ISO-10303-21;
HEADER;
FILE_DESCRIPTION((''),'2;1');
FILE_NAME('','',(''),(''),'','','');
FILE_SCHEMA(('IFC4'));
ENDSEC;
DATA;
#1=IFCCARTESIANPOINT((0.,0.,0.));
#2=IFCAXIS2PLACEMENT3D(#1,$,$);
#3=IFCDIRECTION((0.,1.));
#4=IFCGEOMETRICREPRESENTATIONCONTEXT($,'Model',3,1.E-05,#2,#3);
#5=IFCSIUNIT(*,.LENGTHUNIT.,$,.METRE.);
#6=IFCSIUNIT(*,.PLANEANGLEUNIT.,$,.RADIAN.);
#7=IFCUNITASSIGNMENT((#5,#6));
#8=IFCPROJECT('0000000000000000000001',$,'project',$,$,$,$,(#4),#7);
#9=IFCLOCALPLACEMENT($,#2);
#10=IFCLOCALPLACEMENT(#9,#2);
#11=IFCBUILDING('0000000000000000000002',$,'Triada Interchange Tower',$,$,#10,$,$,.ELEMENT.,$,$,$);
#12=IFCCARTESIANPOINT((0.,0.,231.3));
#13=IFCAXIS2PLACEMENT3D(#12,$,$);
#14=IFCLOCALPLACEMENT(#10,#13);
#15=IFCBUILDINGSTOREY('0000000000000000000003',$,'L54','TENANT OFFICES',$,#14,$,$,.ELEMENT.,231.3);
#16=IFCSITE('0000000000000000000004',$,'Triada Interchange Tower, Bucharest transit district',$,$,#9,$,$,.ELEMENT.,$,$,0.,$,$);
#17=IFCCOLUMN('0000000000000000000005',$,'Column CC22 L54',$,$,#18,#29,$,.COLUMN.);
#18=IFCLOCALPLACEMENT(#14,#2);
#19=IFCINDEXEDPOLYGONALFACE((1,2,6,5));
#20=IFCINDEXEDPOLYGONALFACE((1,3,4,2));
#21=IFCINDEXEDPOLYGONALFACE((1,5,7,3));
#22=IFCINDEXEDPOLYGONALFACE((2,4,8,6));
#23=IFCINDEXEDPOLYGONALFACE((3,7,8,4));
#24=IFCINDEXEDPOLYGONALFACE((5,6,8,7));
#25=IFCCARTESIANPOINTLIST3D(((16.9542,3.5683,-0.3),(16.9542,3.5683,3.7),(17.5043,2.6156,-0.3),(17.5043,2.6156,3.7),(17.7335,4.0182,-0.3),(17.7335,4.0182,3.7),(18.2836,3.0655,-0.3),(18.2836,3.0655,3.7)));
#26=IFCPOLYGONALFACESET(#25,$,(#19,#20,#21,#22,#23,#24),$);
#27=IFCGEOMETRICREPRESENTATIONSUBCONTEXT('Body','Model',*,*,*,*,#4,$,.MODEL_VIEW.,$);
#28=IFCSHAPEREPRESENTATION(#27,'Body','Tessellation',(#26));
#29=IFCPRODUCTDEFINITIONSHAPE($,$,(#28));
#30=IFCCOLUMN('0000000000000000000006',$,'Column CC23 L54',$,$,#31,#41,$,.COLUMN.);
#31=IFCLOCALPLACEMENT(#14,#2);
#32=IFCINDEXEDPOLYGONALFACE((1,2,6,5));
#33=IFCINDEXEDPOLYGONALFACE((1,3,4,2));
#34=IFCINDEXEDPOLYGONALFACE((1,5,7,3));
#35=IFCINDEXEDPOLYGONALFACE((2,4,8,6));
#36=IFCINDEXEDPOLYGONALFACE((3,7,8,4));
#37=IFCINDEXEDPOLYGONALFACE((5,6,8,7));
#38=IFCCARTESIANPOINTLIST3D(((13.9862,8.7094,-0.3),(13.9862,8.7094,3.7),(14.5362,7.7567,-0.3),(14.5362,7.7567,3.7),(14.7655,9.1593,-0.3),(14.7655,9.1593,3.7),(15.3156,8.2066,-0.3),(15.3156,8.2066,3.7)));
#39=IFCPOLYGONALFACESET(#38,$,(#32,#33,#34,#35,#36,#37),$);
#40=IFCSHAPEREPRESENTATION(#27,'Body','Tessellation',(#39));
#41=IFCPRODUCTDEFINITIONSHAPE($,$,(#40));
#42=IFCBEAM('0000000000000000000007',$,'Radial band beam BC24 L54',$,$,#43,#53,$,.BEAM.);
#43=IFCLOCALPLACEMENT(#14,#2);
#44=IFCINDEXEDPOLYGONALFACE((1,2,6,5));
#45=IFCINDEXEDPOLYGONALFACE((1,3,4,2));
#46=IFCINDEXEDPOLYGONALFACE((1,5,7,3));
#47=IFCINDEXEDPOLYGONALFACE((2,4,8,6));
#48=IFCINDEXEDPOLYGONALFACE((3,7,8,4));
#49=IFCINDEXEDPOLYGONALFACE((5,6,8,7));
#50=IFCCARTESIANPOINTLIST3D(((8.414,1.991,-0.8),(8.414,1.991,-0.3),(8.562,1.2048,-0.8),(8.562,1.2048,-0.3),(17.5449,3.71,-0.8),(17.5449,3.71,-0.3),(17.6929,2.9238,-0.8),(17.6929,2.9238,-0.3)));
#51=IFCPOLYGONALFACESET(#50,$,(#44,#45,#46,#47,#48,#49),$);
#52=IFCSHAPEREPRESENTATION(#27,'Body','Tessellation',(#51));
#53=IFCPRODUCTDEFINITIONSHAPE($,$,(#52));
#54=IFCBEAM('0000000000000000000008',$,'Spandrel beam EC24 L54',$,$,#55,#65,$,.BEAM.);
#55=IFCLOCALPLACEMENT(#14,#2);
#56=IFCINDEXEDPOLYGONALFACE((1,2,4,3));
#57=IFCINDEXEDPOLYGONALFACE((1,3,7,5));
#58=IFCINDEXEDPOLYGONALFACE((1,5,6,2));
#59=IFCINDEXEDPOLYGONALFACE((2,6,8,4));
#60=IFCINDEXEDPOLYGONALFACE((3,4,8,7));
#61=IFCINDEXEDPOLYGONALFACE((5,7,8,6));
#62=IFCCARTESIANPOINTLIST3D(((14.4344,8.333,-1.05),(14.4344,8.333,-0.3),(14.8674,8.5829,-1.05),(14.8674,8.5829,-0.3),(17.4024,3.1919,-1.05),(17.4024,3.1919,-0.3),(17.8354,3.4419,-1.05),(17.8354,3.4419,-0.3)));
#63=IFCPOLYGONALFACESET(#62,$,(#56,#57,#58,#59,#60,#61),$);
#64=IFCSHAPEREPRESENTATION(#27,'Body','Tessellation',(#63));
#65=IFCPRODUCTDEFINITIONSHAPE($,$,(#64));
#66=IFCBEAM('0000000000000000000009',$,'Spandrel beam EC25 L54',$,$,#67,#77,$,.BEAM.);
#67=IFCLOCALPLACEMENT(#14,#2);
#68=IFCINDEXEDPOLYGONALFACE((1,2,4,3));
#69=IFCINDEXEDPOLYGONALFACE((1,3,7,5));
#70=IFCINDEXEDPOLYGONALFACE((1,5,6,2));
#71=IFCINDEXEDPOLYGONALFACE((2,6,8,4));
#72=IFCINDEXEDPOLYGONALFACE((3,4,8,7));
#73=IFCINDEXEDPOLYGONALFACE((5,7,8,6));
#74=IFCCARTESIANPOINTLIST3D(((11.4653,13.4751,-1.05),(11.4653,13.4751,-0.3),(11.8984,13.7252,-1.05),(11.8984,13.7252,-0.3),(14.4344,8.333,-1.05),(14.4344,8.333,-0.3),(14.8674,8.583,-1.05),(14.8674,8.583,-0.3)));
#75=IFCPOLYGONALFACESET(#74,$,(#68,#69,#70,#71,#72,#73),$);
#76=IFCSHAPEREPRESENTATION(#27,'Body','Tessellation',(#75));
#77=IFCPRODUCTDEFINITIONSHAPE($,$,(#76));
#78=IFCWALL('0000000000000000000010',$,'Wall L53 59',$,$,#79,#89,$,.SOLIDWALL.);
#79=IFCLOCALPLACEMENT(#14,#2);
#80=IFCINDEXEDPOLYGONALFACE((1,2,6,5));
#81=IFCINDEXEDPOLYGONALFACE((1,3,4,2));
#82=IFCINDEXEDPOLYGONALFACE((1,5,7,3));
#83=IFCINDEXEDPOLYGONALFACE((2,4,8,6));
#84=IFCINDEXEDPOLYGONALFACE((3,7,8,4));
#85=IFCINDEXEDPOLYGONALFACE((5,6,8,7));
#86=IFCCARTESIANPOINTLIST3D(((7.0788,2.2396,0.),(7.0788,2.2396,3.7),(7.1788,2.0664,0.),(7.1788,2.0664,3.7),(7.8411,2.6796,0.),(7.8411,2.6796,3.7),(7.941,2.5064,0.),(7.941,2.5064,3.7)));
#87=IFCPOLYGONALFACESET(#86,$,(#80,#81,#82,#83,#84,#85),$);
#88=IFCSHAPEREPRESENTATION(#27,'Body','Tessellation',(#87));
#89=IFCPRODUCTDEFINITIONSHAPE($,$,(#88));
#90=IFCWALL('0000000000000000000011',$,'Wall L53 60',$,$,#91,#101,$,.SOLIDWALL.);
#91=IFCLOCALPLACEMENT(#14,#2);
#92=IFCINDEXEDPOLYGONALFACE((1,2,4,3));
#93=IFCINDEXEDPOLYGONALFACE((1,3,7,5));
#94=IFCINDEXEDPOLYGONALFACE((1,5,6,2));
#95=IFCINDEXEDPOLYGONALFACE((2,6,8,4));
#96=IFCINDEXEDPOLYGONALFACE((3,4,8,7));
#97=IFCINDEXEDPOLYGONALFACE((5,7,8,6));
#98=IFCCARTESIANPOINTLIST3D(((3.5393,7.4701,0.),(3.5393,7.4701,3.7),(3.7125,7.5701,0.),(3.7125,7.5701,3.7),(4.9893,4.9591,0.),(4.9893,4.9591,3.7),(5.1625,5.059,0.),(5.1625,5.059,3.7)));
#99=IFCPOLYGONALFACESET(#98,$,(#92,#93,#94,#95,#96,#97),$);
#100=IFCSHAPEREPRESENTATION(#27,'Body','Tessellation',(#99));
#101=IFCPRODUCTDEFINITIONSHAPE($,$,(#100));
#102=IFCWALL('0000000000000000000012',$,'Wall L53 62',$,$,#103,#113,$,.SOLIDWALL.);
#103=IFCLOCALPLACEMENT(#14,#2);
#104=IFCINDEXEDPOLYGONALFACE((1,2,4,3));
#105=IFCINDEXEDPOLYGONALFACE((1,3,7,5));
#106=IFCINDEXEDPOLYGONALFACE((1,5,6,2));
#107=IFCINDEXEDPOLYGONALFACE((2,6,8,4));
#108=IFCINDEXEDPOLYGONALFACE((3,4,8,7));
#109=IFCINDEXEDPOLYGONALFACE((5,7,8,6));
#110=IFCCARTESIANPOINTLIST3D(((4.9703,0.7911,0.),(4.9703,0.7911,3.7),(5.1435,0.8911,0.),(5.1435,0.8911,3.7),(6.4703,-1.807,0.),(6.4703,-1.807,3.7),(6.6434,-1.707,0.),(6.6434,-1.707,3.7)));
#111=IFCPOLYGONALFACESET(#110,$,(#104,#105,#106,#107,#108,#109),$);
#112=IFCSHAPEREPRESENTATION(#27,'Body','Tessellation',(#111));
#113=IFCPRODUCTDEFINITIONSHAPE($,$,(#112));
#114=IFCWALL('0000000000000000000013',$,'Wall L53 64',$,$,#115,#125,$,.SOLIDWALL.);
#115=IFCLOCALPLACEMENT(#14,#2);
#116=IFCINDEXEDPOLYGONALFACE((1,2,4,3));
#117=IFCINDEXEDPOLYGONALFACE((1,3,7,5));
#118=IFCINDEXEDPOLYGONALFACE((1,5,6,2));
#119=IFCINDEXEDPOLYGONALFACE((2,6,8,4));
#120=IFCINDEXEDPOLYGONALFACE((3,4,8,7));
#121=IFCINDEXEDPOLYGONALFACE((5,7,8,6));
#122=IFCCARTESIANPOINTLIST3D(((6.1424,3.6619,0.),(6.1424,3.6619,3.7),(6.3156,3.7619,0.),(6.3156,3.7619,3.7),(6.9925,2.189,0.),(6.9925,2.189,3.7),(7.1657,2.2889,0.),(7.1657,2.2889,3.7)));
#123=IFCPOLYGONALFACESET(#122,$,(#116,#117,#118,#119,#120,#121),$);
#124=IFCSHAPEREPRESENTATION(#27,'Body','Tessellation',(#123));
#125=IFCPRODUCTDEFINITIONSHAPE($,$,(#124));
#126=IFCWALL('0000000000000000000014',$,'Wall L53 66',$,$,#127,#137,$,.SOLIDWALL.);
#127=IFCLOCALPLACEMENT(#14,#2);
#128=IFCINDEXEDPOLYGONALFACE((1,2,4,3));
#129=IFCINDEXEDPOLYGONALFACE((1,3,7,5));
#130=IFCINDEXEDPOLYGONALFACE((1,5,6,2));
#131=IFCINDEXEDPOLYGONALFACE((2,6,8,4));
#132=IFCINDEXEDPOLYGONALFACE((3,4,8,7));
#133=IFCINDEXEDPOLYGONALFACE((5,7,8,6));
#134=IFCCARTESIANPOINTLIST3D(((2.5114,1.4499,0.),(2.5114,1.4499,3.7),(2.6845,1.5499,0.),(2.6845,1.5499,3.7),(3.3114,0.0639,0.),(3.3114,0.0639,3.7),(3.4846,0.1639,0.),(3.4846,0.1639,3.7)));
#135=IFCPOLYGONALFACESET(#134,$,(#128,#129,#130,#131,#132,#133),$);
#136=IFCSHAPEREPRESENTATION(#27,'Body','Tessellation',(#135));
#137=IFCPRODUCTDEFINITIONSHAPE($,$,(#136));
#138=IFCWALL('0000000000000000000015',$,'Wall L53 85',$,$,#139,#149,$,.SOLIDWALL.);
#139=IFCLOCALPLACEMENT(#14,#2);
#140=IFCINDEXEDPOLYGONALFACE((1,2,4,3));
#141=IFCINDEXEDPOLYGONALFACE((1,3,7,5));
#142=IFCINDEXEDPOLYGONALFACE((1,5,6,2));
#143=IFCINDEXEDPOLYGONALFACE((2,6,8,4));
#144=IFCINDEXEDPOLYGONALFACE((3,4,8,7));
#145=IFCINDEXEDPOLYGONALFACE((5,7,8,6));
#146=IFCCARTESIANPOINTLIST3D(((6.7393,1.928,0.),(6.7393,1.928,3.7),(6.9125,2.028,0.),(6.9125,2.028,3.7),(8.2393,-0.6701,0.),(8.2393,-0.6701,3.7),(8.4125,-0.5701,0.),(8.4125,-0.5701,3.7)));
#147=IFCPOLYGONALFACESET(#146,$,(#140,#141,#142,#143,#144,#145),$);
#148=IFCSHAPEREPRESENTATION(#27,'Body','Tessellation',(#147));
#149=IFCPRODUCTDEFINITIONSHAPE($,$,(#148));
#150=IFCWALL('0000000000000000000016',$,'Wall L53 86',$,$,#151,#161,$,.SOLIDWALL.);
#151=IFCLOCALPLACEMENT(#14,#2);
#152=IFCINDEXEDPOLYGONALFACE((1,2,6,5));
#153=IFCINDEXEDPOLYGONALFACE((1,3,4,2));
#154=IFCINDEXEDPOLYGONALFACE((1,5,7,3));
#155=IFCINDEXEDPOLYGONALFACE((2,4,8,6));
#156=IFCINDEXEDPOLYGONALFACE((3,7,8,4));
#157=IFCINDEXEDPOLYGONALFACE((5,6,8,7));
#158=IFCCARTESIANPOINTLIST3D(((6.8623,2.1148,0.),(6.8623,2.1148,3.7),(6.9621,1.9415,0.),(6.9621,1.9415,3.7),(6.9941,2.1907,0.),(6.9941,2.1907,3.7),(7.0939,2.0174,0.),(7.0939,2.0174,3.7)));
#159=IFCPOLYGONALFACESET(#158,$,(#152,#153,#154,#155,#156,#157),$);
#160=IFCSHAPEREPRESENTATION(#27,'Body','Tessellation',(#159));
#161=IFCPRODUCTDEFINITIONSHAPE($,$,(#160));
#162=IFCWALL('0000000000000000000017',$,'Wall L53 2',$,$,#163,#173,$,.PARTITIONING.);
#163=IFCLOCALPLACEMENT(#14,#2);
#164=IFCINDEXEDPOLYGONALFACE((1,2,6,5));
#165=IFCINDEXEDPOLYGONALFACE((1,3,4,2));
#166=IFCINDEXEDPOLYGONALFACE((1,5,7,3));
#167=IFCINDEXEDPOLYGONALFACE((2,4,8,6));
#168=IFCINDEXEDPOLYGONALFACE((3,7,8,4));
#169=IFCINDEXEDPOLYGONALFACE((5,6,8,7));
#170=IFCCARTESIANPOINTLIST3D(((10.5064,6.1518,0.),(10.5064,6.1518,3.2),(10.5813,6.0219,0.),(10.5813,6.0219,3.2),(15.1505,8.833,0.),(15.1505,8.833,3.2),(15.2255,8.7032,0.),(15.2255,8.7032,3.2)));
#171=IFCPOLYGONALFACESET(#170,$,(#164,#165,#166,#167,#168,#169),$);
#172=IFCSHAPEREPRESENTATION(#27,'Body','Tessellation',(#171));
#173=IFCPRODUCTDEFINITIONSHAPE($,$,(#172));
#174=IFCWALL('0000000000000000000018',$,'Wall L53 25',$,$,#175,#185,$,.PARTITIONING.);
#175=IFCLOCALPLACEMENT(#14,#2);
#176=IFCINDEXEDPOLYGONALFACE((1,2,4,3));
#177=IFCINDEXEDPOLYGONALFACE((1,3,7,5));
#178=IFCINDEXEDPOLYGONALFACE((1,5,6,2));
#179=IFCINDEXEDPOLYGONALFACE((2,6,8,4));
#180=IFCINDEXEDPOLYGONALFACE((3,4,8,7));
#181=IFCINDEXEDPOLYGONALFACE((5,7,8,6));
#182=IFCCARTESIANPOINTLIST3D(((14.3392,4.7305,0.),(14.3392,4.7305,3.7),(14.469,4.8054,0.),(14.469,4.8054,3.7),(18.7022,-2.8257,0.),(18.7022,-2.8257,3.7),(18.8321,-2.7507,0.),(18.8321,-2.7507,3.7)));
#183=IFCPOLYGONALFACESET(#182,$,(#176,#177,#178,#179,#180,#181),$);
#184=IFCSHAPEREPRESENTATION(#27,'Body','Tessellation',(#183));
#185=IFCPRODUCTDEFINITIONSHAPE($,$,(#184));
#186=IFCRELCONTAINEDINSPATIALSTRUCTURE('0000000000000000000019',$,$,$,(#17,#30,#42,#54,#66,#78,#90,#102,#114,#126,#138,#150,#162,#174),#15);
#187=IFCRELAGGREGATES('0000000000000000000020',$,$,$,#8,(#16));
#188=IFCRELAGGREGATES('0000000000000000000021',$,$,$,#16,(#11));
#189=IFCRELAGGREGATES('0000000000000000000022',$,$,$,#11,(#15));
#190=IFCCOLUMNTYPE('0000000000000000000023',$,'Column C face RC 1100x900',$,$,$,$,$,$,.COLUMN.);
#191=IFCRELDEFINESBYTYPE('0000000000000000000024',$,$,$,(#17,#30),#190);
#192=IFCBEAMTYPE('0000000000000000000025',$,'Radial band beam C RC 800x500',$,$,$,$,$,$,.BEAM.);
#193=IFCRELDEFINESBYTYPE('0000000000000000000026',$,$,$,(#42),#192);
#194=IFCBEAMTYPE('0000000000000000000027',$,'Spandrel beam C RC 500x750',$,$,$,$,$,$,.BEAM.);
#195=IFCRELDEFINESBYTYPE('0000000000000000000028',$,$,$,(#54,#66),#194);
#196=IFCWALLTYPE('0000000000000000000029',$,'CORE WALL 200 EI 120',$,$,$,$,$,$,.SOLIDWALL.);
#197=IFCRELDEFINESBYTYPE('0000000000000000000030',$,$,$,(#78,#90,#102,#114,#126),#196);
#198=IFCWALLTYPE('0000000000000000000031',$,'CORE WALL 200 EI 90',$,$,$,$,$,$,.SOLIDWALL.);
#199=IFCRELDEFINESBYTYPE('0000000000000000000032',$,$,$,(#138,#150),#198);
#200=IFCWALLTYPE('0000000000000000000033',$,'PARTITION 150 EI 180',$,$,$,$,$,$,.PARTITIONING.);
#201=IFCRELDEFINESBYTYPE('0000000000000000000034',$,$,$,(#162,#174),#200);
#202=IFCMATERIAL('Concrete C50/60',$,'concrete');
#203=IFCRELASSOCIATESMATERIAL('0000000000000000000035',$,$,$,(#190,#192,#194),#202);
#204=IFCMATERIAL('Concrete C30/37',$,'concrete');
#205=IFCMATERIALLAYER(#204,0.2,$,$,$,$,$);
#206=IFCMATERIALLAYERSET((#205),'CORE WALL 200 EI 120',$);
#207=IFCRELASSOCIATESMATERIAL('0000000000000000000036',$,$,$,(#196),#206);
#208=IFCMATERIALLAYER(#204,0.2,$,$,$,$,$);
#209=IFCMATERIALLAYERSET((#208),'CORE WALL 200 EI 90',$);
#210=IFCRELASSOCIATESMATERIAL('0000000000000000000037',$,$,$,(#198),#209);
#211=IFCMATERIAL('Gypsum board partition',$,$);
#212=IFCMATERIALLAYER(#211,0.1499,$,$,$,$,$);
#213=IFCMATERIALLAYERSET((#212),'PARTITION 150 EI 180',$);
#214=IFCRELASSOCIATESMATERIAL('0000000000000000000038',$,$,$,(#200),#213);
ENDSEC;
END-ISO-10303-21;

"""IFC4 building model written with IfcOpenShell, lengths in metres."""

from ifc_helpers import new_model, si_unit, direction, frame, frame_2d, origin, origin_2d, place, context, subcontext, project, spatial, rectangle, extrude, material, layer, layer_set, material_profile, profile_set, type_object, element, save


model = new_model("IFC4")

# Units and contexts
model_context = context("Model", 3, precision=1e-05, world=origin(), true_north=direction((0.0, 1.0)))
body_context = subcontext(model_context, "Body", "Model", "MODEL_VIEW")
ifc_project = project(units=[si_unit("LENGTHUNIT", "METRE"), si_unit("PLANEANGLEUNIT", "RADIAN")], contexts=[model_context])

# Site, building, storey
site_placement = place(None, origin())
site = spatial("IfcSite", under=ifc_project, at=site_placement, Name="Triada Interchange Tower, Bucharest transit district", CompositionType="ELEMENT", RefElevation=0.0)
building_placement = place(site_placement, origin())
building = spatial("IfcBuilding", under=site, at=building_placement, Name="Triada Interchange Tower", CompositionType="ELEMENT")
storey_placement = place(building_placement, frame((0.0, 0.0, 231.3)))
storey = spatial("IfcBuildingStorey", under=building, at=storey_placement, Name="L54", Description="TENANT OFFICES", CompositionType="ELEMENT", Elevation=231.3)

# Columns
ifc_material_1 = material(Name="Concrete C50/60", Category="concrete")
ifc_material_profile_1 = material_profile(ifc_material_1, rectangle(XDim=1.1001, YDim=0.8999, at=origin_2d()), Name="RC 1100x900")
ifc_profile_set_1 = profile_set([ifc_material_profile_1], Name="Concrete C50/60")
column_type = type_object("IfcColumnType", Name="Column C face RC 1100x900", PredefinedType="COLUMN", material=ifc_profile_set_1)
for number, where, z_axis, x_axis, name in (
    (1, (17.6189, 3.3169, -0.3), (0.0, 0.0, 1.0), (-0.5, 0.866025, 0.0), "Column CC22 L54"),
    (2, (14.6509, 8.458, -0.3), (0.0, 0.0, 1.0), (-0.5, 0.866025, 0.0), "Column CC23 L54"),
):
    element("IfcColumn", number, at=place(storey_placement, frame(where, z_axis=z_axis, x_axis=x_axis)), inside=storey, type_object=column_type, Name=name, PredefinedType="COLUMN", context=body_context, shape_type="SweptSolid", body=[
        extrude(rectangle(XDim=1.1001, YDim=0.8999, at=origin_2d()), origin(), (0.0, 0.0, 1.0), 4.0),
    ])

# Beams
ifc_material_profile_2 = material_profile(ifc_material_1, rectangle(XDim=0.8, YDim=0.5, at=origin_2d()), Name="RC 800x500")
ifc_profile_set_2 = profile_set([ifc_material_profile_2], Name="Concrete C50/60")
beam_type_1 = type_object("IfcBeamType", Name="Radial band beam C RC 800x500", PredefinedType="BEAM", material=ifc_profile_set_2)
beam_1_placement = place(storey_placement, frame((17.6189, 3.3169, -0.55), z_axis=(-0.982736, -0.185012, 0.0), x_axis=(0.185012, -0.982736, 0.0)))
element("IfcBeam", 3, at=beam_1_placement, inside=storey, type_object=beam_type_1, Name="Radial band beam BC24 L54", PredefinedType="BEAM", context=body_context, shape_type="SweptSolid", body=[
    extrude(rectangle(XDim=0.8, YDim=0.5, at=origin_2d()), origin(), (0.0, 0.0, 1.0), 9.2913),
])
ifc_material_profile_3 = material_profile(ifc_material_1, rectangle(XDim=0.5, YDim=0.75, at=origin_2d()), Name="RC 500x750")
ifc_profile_set_3 = profile_set([ifc_material_profile_3], Name="Concrete C50/60")
beam_type_2 = type_object("IfcBeamType", Name="Spandrel beam C RC 500x750", PredefinedType="BEAM", material=ifc_profile_set_3)
beam_2_placement = place(storey_placement, frame((17.6189, 3.3169, -0.675), z_axis=(-0.499974, 0.86604, 0.0), x_axis=(-0.86604, -0.499974, 0.0)))
element("IfcBeam", 4, at=beam_2_placement, inside=storey, type_object=beam_type_2, Name="Spandrel beam EC24 L54", PredefinedType="BEAM", context=body_context, shape_type="SweptSolid", body=[
    extrude(rectangle(XDim=0.5, YDim=0.75, at=origin_2d()), origin(), (0.0, 0.0, 1.0), 5.9363),
])
beam_3_placement = place(storey_placement, frame((14.6509, 8.458, -0.675), z_axis=(-0.500026, 0.86601, 0.0), x_axis=(-0.86601, -0.500026, 0.0)))
element("IfcBeam", 5, at=beam_3_placement, inside=storey, type_object=beam_type_2, Name="Spandrel beam EC25 L54", PredefinedType="BEAM", context=body_context, shape_type="SweptSolid", body=[
    extrude(rectangle(XDim=0.5, YDim=0.75, at=origin_2d()), origin(), (0.0, 0.0, 1.0), 5.9377),
])

# Walls
ifc_material_2 = material(Name="Concrete C30/37", Category="concrete")
ifc_layer_1 = layer(ifc_material_2, 0.2)
ifc_layer_set_1 = layer_set([ifc_layer_1], Name="CORE WALL 200 EI 120")
wall_type_1 = type_object("IfcWallType", Name="CORE WALL 200 EI 120", PredefinedType="SOLIDWALL", material=ifc_layer_set_1)
wall_1_placement = place(storey_placement, frame((7.1289, 2.1531, 0.0), z_axis=(0.0, 0.0, 1.0), x_axis=(0.866084, 0.499899, 0.0)))
element("IfcWall", 6, at=wall_1_placement, inside=storey, type_object=wall_type_1, Name="Wall L53 59", PredefinedType="SOLIDWALL", context=body_context, shape_type="SweptSolid", body=[
    extrude(rectangle(XDim=0.8801, YDim=0.2, at=frame_2d((0.4399, 0.0))), origin(), (0.0, 0.0, 1.0), 3.7),
])
wall_2_placement = place(storey_placement, frame((3.626, 7.52, 0.0), z_axis=(0.0, 0.0, 1.0), x_axis=(0.50006, -0.865991, 0.0)))
element("IfcWall", 7, at=wall_2_placement, inside=storey, type_object=wall_type_1, Name="Wall L53 60", PredefinedType="SOLIDWALL", context=body_context, shape_type="SweptSolid", body=[
    extrude(rectangle(XDim=2.8997, YDim=0.2, at=frame_2d((1.4497, 0.0))), origin(), (0.0, 0.0, 1.0), 3.7),
])
wall_3_placement = place(storey_placement, frame((5.0569, 0.8411, 0.0), z_axis=(0.0, 0.0, 1.0), x_axis=(0.49999, -0.866031, 0.0)))
element("IfcWall", 8, at=wall_3_placement, inside=storey, type_object=wall_type_1, Name="Wall L53 62", PredefinedType="SOLIDWALL", context=body_context, shape_type="SweptSolid", body=[
    extrude(rectangle(XDim=3.0, YDim=0.2, at=frame_2d((1.5, 0.0))), origin(), (0.0, 0.0, 1.0), 3.7),
])
wall_4_placement = place(storey_placement, frame((6.229, 3.7119, 0.0), z_axis=(0.0, 0.0, 1.0), x_axis=(0.499876, -0.866097, 0.0)))
element("IfcWall", 9, at=wall_4_placement, inside=storey, type_object=wall_type_1, Name="Wall L53 64", PredefinedType="SOLIDWALL", context=body_context, shape_type="SweptSolid", body=[
    extrude(rectangle(XDim=1.7007, YDim=0.2, at=frame_2d((0.8503, 0.0))), origin(), (0.0, 0.0, 1.0), 3.7),
])
wall_5_placement = place(storey_placement, frame((2.5979, 1.5, 0.0), z_axis=(0.0, 0.0, 1.0), x_axis=(0.499929, -0.866066, 0.0)))
element("IfcWall", 10, at=wall_5_placement, inside=storey, type_object=wall_type_1, Name="Wall L53 66", PredefinedType="SOLIDWALL", context=body_context, shape_type="SweptSolid", body=[
    extrude(rectangle(XDim=1.6003, YDim=0.2, at=frame_2d((0.8003, 0.0))), origin(), (0.0, 0.0, 1.0), 3.7),
])
ifc_layer_2 = layer(ifc_material_2, 0.2)
ifc_layer_set_2 = layer_set([ifc_layer_2], Name="CORE WALL 200 EI 90")
wall_type_2 = type_object("IfcWallType", Name="CORE WALL 200 EI 90", PredefinedType="SOLIDWALL", material=ifc_layer_set_2)
wall_6_placement = place(storey_placement, frame((6.8259, 1.978, 0.0), z_axis=(0.0, 0.0, 1.0), x_axis=(0.49999, -0.866031, 0.0)))
element("IfcWall", 11, at=wall_6_placement, inside=storey, type_object=wall_type_2, Name="Wall L53 85", PredefinedType="SOLIDWALL", context=body_context, shape_type="SweptSolid", body=[
    extrude(rectangle(XDim=3.0, YDim=0.2, at=frame_2d((1.5, 0.0))), origin(), (0.0, 0.0, 1.0), 3.7),
])
wall_7_placement = place(storey_placement, frame((6.9121, 2.0281, 0.0), z_axis=(0.0, 0.0, 1.0), x_axis=(0.866559, 0.499074, 0.0)))
element("IfcWall", 12, at=wall_7_placement, inside=storey, type_object=wall_type_2, Name="Wall L53 86", PredefinedType="SOLIDWALL", context=body_context, shape_type="SweptSolid", body=[
    extrude(rectangle(XDim=0.1521, YDim=0.2, at=frame_2d((0.0762, 0.0))), origin(), (0.0, 0.0, 1.0), 3.7),
])
ifc_material_3 = material(Name="Gypsum board partition")
ifc_layer_3 = layer(ifc_material_3, 0.1499)
ifc_layer_set_3 = layer_set([ifc_layer_3], Name="PARTITION 150 EI 180")
wall_type_3 = type_object("IfcWallType", Name="PARTITION 150 EI 180", PredefinedType="PARTITIONING", material=ifc_layer_set_3)
wall_8_placement = place(storey_placement, frame((10.5439, 6.0869, 0.0), z_axis=(0.0, 0.0, 1.0), x_axis=(0.866032, 0.499988, 0.0)))
element("IfcWall", 13, at=wall_8_placement, inside=storey, type_object=wall_type_3, Name="Wall L53 2", PredefinedType="PARTITIONING", context=body_context, shape_type="SweptSolid", body=[
    extrude(rectangle(XDim=5.3625, YDim=0.1499, at=frame_2d((2.6812, 0.0))), origin(), (0.0, 0.0, 1.0), 3.2),
])
wall_9_placement = place(storey_placement, frame((14.4041, 4.7681, 0.0), z_axis=(0.0, 0.0, 1.0), x_axis=(0.500042, -0.866001, 0.0)))
element("IfcWall", 14, at=wall_9_placement, inside=storey, type_object=wall_type_3, Name="Wall L53 25", PredefinedType="PARTITIONING", context=body_context, shape_type="SweptSolid", body=[
    extrude(rectangle(XDim=8.7253, YDim=0.1499, at=frame_2d((4.3628, 0.0))), origin(), (0.0, 0.0, 1.0), 3.7),
])

save(model, "model.ifc")
